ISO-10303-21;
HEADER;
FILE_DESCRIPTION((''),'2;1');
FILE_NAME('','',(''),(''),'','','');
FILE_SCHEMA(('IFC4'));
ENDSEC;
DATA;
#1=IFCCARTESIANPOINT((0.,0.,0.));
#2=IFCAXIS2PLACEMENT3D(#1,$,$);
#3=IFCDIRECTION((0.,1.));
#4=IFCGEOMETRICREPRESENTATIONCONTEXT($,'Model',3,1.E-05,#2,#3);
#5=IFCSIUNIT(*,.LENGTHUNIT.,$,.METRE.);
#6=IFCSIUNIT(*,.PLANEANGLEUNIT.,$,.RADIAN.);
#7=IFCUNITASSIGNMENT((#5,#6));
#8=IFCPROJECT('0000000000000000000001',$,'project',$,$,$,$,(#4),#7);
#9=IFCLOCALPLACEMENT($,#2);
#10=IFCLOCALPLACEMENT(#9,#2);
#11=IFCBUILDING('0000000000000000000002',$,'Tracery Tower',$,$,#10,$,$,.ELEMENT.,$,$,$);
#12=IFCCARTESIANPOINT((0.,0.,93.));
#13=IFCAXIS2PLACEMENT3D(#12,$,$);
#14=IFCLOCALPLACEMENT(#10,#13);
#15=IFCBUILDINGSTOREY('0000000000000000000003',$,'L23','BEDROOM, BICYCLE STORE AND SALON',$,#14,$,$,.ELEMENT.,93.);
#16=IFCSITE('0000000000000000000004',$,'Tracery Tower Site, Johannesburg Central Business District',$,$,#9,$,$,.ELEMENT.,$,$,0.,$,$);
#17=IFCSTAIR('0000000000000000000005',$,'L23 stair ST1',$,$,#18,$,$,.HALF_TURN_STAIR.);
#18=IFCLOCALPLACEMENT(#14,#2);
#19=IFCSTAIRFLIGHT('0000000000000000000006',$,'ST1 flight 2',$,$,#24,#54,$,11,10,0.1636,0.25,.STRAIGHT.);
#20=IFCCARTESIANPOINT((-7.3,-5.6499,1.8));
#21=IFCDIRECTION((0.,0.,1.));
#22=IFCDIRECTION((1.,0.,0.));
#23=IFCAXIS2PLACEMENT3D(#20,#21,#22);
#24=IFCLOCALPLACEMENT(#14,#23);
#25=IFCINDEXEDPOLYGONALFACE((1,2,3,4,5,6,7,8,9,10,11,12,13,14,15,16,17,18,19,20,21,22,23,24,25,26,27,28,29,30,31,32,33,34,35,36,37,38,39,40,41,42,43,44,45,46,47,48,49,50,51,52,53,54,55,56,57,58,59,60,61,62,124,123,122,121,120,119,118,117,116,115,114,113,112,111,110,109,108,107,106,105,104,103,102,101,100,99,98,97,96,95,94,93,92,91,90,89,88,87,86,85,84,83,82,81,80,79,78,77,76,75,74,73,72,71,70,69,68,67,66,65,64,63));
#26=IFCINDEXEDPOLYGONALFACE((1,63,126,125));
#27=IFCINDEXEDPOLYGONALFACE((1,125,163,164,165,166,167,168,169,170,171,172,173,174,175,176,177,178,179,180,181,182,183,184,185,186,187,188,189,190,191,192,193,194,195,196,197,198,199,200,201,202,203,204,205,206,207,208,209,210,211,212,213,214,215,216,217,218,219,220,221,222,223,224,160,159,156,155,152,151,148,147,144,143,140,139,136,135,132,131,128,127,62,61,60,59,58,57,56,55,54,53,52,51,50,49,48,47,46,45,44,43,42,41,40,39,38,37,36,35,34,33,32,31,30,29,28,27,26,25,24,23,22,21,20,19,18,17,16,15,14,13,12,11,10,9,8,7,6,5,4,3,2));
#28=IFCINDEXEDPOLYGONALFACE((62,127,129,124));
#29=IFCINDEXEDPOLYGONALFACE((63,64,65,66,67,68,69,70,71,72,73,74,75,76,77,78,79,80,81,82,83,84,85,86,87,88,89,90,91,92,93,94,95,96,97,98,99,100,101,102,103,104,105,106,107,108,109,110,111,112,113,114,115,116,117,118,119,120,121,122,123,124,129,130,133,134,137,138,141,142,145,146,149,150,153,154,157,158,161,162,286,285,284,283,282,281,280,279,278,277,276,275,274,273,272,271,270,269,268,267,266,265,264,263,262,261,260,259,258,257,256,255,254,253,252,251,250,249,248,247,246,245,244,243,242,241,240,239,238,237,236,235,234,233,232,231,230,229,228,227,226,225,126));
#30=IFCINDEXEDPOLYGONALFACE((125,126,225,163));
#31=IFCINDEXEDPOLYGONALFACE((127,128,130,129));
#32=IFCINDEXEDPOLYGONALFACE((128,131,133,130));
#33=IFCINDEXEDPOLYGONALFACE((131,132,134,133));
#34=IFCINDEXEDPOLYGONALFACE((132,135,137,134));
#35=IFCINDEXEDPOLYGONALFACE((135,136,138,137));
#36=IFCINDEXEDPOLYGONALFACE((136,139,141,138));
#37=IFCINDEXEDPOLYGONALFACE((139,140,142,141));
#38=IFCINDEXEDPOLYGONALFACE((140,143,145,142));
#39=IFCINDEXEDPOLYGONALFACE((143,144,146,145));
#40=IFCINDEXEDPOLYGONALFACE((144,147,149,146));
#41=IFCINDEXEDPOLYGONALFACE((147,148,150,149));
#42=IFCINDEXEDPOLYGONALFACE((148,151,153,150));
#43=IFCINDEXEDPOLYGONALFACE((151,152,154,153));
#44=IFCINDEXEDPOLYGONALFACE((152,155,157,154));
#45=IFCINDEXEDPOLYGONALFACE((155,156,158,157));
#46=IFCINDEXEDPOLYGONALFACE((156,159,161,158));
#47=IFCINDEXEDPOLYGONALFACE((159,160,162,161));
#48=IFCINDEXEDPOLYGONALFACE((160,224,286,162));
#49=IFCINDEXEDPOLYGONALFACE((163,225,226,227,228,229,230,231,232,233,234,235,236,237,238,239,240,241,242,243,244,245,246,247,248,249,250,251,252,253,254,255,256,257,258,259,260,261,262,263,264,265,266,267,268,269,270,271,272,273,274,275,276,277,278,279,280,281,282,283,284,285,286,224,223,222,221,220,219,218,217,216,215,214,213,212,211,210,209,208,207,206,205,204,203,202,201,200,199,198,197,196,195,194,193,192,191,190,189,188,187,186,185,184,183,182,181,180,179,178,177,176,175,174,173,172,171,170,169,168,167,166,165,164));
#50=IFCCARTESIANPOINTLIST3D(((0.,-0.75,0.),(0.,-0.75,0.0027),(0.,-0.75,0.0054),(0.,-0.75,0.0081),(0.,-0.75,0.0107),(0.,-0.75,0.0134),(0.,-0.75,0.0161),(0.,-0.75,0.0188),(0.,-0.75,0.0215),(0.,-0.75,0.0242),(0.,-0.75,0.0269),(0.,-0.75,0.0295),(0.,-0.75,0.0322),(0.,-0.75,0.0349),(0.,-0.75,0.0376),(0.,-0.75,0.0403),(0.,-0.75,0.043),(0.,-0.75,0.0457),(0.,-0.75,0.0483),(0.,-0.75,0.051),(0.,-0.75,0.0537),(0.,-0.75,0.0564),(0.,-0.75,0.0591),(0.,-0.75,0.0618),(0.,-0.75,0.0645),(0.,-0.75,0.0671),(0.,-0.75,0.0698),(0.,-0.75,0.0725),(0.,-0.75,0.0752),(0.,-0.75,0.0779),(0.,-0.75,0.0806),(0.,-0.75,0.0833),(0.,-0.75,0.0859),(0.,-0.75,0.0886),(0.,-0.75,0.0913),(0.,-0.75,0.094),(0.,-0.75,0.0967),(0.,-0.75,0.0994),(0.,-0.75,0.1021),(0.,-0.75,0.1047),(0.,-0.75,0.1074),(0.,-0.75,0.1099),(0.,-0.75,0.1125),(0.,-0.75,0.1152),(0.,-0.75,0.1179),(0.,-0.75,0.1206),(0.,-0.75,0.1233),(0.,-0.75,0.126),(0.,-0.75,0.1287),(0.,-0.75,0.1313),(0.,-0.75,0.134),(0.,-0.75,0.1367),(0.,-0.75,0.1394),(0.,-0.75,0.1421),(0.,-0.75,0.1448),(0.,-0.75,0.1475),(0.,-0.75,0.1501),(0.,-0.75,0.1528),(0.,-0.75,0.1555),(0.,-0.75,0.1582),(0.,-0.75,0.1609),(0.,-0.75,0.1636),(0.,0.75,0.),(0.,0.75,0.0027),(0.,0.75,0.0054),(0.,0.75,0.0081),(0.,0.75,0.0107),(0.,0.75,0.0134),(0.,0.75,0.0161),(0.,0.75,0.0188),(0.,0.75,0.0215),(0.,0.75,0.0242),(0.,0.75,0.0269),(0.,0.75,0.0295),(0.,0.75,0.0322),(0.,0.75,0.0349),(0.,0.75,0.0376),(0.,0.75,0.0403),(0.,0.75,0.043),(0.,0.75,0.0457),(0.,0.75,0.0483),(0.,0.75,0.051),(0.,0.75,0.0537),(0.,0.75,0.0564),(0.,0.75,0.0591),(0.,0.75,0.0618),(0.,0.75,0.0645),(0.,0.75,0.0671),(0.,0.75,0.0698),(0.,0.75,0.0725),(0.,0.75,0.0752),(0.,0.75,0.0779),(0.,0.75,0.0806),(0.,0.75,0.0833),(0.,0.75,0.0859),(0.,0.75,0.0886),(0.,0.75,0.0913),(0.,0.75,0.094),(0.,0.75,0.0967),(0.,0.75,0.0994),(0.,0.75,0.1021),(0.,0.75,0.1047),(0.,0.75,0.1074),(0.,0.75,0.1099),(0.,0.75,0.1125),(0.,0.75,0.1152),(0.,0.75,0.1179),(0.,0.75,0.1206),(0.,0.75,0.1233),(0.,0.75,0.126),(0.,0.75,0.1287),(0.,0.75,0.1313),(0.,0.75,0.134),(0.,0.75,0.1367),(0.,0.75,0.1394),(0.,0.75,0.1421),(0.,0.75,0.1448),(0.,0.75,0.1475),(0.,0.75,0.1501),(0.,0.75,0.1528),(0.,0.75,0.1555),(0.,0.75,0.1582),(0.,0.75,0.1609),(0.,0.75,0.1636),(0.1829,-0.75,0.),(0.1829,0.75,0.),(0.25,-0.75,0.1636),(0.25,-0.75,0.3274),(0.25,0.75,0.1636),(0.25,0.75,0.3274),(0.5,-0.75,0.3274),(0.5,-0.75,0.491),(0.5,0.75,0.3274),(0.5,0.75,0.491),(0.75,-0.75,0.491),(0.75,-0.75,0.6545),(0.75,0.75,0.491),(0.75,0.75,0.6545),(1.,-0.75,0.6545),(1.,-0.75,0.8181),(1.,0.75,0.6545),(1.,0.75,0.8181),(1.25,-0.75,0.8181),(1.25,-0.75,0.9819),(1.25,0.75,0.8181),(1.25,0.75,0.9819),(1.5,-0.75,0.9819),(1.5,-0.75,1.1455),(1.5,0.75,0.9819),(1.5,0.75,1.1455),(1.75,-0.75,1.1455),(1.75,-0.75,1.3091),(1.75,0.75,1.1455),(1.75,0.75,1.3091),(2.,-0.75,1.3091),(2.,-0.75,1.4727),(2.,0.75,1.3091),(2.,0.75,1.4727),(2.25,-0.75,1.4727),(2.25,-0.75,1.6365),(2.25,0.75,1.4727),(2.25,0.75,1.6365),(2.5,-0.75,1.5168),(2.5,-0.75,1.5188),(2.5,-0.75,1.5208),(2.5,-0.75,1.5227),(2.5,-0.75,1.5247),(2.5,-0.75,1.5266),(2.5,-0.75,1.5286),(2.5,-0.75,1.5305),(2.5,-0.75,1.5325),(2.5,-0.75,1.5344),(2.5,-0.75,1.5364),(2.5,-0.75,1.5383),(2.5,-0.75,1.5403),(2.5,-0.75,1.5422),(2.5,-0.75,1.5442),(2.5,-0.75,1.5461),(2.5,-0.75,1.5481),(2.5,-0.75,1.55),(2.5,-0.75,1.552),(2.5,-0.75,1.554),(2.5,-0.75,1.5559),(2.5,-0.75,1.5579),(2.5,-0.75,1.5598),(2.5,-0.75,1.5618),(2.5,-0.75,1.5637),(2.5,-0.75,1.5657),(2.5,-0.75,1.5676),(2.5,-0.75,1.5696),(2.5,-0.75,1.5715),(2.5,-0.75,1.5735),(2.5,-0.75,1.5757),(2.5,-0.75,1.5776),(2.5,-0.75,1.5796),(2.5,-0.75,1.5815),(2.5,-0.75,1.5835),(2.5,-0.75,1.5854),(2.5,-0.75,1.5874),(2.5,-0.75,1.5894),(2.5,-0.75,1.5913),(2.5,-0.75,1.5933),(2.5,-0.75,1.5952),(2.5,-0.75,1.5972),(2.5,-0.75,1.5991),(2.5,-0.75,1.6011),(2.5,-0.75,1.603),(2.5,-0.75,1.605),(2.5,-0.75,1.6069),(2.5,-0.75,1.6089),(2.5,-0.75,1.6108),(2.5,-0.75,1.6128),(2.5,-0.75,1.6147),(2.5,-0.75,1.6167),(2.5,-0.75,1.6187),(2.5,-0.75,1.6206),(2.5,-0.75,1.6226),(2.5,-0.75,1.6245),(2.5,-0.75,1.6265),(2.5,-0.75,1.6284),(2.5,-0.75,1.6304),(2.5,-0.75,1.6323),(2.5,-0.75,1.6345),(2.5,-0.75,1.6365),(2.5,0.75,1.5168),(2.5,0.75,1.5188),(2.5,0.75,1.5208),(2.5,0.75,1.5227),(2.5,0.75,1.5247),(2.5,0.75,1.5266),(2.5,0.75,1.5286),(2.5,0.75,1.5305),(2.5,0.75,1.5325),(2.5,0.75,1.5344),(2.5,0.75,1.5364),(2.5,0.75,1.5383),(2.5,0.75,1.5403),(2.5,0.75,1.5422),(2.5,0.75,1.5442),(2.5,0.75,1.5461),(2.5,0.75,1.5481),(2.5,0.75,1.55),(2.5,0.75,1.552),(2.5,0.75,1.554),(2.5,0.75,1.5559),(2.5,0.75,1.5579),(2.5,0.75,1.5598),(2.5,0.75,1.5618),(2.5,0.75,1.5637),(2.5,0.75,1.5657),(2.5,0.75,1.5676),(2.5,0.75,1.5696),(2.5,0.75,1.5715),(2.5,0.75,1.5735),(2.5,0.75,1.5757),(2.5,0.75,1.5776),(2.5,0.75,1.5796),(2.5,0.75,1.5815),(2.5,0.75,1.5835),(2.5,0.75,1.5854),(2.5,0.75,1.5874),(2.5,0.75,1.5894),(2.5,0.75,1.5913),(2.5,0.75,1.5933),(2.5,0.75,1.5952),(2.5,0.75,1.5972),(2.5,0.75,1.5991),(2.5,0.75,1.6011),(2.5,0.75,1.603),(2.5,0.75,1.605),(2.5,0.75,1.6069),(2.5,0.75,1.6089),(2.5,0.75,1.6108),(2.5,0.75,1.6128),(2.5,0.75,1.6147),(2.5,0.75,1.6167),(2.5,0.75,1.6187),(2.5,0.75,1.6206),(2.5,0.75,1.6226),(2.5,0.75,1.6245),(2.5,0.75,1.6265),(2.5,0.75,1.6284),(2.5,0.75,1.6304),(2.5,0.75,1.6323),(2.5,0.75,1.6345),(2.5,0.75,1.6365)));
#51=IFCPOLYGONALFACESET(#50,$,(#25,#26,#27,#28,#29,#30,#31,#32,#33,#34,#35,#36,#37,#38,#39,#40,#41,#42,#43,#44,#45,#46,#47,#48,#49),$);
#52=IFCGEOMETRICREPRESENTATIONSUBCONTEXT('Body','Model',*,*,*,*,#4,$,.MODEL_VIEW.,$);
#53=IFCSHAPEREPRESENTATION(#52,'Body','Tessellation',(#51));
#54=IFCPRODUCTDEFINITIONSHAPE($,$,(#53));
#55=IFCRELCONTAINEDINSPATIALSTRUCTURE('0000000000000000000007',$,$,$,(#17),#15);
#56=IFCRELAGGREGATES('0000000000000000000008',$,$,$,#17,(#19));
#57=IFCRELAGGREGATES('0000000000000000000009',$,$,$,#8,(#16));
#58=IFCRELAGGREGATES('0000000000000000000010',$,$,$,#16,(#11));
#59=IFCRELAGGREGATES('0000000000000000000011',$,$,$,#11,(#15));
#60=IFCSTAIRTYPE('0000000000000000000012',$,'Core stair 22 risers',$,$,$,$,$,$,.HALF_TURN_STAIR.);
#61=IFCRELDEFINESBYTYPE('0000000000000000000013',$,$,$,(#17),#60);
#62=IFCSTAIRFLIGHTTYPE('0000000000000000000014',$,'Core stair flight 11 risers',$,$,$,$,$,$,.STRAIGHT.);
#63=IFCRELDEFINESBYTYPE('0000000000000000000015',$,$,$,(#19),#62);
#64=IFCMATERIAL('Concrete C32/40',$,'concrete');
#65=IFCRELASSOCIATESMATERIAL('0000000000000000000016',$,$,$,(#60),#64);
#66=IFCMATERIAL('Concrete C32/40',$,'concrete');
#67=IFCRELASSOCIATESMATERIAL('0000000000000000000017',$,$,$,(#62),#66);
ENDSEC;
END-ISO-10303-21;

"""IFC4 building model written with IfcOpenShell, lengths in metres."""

from ifc_helpers import new_model, si_unit, direction, frame, origin, place, context, subcontext, project, spatial, polyline, outline, extrude, material, type_object, element, aggregate, save


model = new_model("IFC4")

# Units and contexts
model_context = context("Model", 3, precision=1e-05, world=origin(), true_north=direction((0.0, 1.0)))
body_context = subcontext(model_context, "Body", "Model", "MODEL_VIEW")
ifc_project = project(units=[si_unit("LENGTHUNIT", "METRE"), si_unit("PLANEANGLEUNIT", "RADIAN")], contexts=[model_context])

# Site, building, storey
site_placement = place(None, origin())
site = spatial("IfcSite", under=ifc_project, at=site_placement, Name="Tracery Tower Site, Johannesburg Central Business District", CompositionType="ELEMENT", RefElevation=0.0)
building_placement = place(site_placement, origin())
building = spatial("IfcBuilding", under=site, at=building_placement, Name="Tracery Tower", CompositionType="ELEMENT")
storey_placement = place(building_placement, frame((0.0, 0.0, 93.0)))
storey = spatial("IfcBuildingStorey", under=building, at=storey_placement, Name="L23", Description="BEDROOM, BICYCLE STORE AND SALON", CompositionType="ELEMENT", Elevation=93.0)

# Stair, stair flight
ifc_material_1 = material(Name="Concrete C32/40", Category="concrete")
stair_type = type_object("IfcStairType", Name="Core stair 22 risers", PredefinedType="HALF_TURN_STAIR", material=ifc_material_1)
stair_placement = place(storey_placement, origin())
stair = element("IfcStair", 1, at=stair_placement, inside=storey, type_object=stair_type, Name="L23 stair ST1", PredefinedType="HALF_TURN_STAIR")
ifc_material_2 = material(Name="Concrete C32/40", Category="concrete")
stair_flight_type = type_object("IfcStairFlightType", Name="Core stair flight 11 risers", PredefinedType="STRAIGHT", material=ifc_material_2)
stair_flight_1_placement = place(storey_placement, frame((-7.3, -5.6499, 1.8), z_axis=(0.0, 0.0, 1.0), x_axis=(1.0, 0.0, 0.0)))
stair_flight_1 = element("IfcStairFlight", 2, at=stair_flight_1_placement, type_object=stair_flight_type, Name="ST1 flight 2", NumberOfRisers=11, NumberOfTreads=10, PredefinedType="STRAIGHT", RiserHeight=0.1636, TreadLength=0.25, context=body_context, shape_type="SweptSolid", body=[
    extrude(outline(polyline([(0.0, 0.0), (0.0, 0.0027), (0.0, 0.0054), (0.0, 0.0081), (0.0, 0.0107), (0.0, 0.0134), (0.0, 0.0161), (0.0, 0.0188), (0.0, 0.0215), (0.0, 0.0242), (0.0, 0.0269), (0.0, 0.0295), (0.0, 0.0322), (0.0, 0.0349), (0.0, 0.0376), (0.0, 0.0403), (0.0, 0.043), (0.0, 0.0457), (0.0, 0.0483), (0.0, 0.051), (0.0, 0.0537), (0.0, 0.0564), (0.0, 0.0591), (0.0, 0.0618), (0.0, 0.0645), (0.0, 0.0671), (0.0, 0.0698), (0.0, 0.0725), (0.0, 0.0752), (0.0, 0.0779), (0.0, 0.0806), (0.0, 0.0833), (0.0, 0.0859), (0.0, 0.0886), (0.0, 0.0913), (0.0, 0.094), (0.0, 0.0967), (0.0, 0.0994), (0.0, 0.1021), (0.0, 0.1047), (0.0, 0.1074), (0.0, 0.1099), (0.0, 0.1125), (0.0, 0.1152), (0.0, 0.1179), (0.0, 0.1206), (0.0, 0.1233), (0.0, 0.126), (0.0, 0.1287), (0.0, 0.1313), (0.0, 0.134), (0.0, 0.1367), (0.0, 0.1394), (0.0, 0.1421), (0.0, 0.1448), (0.0, 0.1475), (0.0, 0.1501), (0.0, 0.1528), (0.0, 0.1555), (0.0, 0.1582), (0.0, 0.1609), (0.0, 0.1636), (0.25, 0.1636), (0.25, 0.3274), (0.5, 0.3274), (0.5, 0.491), (0.75, 0.491), (0.75, 0.6545), (1.0, 0.6545), (1.0, 0.8181), (1.25, 0.8181), (1.25, 0.9819), (1.5, 0.9819), (1.5, 1.1455), (1.75, 1.1455), (1.75, 1.3091), (2.0, 1.3091), (2.0, 1.4727), (2.25, 1.4727), (2.25, 1.6365), (2.5, 1.6365), (2.5, 1.6345), (2.5, 1.6323), (2.5, 1.6304), (2.5, 1.6284), (2.5, 1.6265), (2.5, 1.6245), (2.5, 1.6226), (2.5, 1.6206), (2.5, 1.6187), (2.5, 1.6167), (2.5, 1.6147), (2.5, 1.6128), (2.5, 1.6108), (2.5, 1.6089), (2.5, 1.6069), (2.5, 1.605), (2.5, 1.603), (2.5, 1.6011), (2.5, 1.5991), (2.5, 1.5972), (2.5, 1.5952), (2.5, 1.5933), (2.5, 1.5913), (2.5, 1.5894), (2.5, 1.5874), (2.5, 1.5854), (2.5, 1.5835), (2.5, 1.5815), (2.5, 1.5796), (2.5, 1.5776), (2.5, 1.5757), (2.5, 1.5735), (2.5, 1.5715), (2.5, 1.5696), (2.5, 1.5676), (2.5, 1.5657), (2.5, 1.5637), (2.5, 1.5618), (2.5, 1.5598), (2.5, 1.5579), (2.5, 1.5559), (2.5, 1.554), (2.5, 1.552), (2.5, 1.55), (2.5, 1.5481), (2.5, 1.5461), (2.5, 1.5442), (2.5, 1.5422), (2.5, 1.5403), (2.5, 1.5383), (2.5, 1.5364), (2.5, 1.5344), (2.5, 1.5325), (2.5, 1.5305), (2.5, 1.5286), (2.5, 1.5266), (2.5, 1.5247), (2.5, 1.5227), (2.5, 1.5208), (2.5, 1.5188), (2.5, 1.5168), (0.1829, 0.0), (0.0, 0.0)])), frame((0.0, 0.75, 0.0), z_axis=(0.0, -1.0, 0.0), x_axis=(1.0, 0.0, 0.0)), (0.0, 0.0, 1.0), 1.5),
])
aggregate(stair, [stair_flight_1])

save(model, "model.ifc")
